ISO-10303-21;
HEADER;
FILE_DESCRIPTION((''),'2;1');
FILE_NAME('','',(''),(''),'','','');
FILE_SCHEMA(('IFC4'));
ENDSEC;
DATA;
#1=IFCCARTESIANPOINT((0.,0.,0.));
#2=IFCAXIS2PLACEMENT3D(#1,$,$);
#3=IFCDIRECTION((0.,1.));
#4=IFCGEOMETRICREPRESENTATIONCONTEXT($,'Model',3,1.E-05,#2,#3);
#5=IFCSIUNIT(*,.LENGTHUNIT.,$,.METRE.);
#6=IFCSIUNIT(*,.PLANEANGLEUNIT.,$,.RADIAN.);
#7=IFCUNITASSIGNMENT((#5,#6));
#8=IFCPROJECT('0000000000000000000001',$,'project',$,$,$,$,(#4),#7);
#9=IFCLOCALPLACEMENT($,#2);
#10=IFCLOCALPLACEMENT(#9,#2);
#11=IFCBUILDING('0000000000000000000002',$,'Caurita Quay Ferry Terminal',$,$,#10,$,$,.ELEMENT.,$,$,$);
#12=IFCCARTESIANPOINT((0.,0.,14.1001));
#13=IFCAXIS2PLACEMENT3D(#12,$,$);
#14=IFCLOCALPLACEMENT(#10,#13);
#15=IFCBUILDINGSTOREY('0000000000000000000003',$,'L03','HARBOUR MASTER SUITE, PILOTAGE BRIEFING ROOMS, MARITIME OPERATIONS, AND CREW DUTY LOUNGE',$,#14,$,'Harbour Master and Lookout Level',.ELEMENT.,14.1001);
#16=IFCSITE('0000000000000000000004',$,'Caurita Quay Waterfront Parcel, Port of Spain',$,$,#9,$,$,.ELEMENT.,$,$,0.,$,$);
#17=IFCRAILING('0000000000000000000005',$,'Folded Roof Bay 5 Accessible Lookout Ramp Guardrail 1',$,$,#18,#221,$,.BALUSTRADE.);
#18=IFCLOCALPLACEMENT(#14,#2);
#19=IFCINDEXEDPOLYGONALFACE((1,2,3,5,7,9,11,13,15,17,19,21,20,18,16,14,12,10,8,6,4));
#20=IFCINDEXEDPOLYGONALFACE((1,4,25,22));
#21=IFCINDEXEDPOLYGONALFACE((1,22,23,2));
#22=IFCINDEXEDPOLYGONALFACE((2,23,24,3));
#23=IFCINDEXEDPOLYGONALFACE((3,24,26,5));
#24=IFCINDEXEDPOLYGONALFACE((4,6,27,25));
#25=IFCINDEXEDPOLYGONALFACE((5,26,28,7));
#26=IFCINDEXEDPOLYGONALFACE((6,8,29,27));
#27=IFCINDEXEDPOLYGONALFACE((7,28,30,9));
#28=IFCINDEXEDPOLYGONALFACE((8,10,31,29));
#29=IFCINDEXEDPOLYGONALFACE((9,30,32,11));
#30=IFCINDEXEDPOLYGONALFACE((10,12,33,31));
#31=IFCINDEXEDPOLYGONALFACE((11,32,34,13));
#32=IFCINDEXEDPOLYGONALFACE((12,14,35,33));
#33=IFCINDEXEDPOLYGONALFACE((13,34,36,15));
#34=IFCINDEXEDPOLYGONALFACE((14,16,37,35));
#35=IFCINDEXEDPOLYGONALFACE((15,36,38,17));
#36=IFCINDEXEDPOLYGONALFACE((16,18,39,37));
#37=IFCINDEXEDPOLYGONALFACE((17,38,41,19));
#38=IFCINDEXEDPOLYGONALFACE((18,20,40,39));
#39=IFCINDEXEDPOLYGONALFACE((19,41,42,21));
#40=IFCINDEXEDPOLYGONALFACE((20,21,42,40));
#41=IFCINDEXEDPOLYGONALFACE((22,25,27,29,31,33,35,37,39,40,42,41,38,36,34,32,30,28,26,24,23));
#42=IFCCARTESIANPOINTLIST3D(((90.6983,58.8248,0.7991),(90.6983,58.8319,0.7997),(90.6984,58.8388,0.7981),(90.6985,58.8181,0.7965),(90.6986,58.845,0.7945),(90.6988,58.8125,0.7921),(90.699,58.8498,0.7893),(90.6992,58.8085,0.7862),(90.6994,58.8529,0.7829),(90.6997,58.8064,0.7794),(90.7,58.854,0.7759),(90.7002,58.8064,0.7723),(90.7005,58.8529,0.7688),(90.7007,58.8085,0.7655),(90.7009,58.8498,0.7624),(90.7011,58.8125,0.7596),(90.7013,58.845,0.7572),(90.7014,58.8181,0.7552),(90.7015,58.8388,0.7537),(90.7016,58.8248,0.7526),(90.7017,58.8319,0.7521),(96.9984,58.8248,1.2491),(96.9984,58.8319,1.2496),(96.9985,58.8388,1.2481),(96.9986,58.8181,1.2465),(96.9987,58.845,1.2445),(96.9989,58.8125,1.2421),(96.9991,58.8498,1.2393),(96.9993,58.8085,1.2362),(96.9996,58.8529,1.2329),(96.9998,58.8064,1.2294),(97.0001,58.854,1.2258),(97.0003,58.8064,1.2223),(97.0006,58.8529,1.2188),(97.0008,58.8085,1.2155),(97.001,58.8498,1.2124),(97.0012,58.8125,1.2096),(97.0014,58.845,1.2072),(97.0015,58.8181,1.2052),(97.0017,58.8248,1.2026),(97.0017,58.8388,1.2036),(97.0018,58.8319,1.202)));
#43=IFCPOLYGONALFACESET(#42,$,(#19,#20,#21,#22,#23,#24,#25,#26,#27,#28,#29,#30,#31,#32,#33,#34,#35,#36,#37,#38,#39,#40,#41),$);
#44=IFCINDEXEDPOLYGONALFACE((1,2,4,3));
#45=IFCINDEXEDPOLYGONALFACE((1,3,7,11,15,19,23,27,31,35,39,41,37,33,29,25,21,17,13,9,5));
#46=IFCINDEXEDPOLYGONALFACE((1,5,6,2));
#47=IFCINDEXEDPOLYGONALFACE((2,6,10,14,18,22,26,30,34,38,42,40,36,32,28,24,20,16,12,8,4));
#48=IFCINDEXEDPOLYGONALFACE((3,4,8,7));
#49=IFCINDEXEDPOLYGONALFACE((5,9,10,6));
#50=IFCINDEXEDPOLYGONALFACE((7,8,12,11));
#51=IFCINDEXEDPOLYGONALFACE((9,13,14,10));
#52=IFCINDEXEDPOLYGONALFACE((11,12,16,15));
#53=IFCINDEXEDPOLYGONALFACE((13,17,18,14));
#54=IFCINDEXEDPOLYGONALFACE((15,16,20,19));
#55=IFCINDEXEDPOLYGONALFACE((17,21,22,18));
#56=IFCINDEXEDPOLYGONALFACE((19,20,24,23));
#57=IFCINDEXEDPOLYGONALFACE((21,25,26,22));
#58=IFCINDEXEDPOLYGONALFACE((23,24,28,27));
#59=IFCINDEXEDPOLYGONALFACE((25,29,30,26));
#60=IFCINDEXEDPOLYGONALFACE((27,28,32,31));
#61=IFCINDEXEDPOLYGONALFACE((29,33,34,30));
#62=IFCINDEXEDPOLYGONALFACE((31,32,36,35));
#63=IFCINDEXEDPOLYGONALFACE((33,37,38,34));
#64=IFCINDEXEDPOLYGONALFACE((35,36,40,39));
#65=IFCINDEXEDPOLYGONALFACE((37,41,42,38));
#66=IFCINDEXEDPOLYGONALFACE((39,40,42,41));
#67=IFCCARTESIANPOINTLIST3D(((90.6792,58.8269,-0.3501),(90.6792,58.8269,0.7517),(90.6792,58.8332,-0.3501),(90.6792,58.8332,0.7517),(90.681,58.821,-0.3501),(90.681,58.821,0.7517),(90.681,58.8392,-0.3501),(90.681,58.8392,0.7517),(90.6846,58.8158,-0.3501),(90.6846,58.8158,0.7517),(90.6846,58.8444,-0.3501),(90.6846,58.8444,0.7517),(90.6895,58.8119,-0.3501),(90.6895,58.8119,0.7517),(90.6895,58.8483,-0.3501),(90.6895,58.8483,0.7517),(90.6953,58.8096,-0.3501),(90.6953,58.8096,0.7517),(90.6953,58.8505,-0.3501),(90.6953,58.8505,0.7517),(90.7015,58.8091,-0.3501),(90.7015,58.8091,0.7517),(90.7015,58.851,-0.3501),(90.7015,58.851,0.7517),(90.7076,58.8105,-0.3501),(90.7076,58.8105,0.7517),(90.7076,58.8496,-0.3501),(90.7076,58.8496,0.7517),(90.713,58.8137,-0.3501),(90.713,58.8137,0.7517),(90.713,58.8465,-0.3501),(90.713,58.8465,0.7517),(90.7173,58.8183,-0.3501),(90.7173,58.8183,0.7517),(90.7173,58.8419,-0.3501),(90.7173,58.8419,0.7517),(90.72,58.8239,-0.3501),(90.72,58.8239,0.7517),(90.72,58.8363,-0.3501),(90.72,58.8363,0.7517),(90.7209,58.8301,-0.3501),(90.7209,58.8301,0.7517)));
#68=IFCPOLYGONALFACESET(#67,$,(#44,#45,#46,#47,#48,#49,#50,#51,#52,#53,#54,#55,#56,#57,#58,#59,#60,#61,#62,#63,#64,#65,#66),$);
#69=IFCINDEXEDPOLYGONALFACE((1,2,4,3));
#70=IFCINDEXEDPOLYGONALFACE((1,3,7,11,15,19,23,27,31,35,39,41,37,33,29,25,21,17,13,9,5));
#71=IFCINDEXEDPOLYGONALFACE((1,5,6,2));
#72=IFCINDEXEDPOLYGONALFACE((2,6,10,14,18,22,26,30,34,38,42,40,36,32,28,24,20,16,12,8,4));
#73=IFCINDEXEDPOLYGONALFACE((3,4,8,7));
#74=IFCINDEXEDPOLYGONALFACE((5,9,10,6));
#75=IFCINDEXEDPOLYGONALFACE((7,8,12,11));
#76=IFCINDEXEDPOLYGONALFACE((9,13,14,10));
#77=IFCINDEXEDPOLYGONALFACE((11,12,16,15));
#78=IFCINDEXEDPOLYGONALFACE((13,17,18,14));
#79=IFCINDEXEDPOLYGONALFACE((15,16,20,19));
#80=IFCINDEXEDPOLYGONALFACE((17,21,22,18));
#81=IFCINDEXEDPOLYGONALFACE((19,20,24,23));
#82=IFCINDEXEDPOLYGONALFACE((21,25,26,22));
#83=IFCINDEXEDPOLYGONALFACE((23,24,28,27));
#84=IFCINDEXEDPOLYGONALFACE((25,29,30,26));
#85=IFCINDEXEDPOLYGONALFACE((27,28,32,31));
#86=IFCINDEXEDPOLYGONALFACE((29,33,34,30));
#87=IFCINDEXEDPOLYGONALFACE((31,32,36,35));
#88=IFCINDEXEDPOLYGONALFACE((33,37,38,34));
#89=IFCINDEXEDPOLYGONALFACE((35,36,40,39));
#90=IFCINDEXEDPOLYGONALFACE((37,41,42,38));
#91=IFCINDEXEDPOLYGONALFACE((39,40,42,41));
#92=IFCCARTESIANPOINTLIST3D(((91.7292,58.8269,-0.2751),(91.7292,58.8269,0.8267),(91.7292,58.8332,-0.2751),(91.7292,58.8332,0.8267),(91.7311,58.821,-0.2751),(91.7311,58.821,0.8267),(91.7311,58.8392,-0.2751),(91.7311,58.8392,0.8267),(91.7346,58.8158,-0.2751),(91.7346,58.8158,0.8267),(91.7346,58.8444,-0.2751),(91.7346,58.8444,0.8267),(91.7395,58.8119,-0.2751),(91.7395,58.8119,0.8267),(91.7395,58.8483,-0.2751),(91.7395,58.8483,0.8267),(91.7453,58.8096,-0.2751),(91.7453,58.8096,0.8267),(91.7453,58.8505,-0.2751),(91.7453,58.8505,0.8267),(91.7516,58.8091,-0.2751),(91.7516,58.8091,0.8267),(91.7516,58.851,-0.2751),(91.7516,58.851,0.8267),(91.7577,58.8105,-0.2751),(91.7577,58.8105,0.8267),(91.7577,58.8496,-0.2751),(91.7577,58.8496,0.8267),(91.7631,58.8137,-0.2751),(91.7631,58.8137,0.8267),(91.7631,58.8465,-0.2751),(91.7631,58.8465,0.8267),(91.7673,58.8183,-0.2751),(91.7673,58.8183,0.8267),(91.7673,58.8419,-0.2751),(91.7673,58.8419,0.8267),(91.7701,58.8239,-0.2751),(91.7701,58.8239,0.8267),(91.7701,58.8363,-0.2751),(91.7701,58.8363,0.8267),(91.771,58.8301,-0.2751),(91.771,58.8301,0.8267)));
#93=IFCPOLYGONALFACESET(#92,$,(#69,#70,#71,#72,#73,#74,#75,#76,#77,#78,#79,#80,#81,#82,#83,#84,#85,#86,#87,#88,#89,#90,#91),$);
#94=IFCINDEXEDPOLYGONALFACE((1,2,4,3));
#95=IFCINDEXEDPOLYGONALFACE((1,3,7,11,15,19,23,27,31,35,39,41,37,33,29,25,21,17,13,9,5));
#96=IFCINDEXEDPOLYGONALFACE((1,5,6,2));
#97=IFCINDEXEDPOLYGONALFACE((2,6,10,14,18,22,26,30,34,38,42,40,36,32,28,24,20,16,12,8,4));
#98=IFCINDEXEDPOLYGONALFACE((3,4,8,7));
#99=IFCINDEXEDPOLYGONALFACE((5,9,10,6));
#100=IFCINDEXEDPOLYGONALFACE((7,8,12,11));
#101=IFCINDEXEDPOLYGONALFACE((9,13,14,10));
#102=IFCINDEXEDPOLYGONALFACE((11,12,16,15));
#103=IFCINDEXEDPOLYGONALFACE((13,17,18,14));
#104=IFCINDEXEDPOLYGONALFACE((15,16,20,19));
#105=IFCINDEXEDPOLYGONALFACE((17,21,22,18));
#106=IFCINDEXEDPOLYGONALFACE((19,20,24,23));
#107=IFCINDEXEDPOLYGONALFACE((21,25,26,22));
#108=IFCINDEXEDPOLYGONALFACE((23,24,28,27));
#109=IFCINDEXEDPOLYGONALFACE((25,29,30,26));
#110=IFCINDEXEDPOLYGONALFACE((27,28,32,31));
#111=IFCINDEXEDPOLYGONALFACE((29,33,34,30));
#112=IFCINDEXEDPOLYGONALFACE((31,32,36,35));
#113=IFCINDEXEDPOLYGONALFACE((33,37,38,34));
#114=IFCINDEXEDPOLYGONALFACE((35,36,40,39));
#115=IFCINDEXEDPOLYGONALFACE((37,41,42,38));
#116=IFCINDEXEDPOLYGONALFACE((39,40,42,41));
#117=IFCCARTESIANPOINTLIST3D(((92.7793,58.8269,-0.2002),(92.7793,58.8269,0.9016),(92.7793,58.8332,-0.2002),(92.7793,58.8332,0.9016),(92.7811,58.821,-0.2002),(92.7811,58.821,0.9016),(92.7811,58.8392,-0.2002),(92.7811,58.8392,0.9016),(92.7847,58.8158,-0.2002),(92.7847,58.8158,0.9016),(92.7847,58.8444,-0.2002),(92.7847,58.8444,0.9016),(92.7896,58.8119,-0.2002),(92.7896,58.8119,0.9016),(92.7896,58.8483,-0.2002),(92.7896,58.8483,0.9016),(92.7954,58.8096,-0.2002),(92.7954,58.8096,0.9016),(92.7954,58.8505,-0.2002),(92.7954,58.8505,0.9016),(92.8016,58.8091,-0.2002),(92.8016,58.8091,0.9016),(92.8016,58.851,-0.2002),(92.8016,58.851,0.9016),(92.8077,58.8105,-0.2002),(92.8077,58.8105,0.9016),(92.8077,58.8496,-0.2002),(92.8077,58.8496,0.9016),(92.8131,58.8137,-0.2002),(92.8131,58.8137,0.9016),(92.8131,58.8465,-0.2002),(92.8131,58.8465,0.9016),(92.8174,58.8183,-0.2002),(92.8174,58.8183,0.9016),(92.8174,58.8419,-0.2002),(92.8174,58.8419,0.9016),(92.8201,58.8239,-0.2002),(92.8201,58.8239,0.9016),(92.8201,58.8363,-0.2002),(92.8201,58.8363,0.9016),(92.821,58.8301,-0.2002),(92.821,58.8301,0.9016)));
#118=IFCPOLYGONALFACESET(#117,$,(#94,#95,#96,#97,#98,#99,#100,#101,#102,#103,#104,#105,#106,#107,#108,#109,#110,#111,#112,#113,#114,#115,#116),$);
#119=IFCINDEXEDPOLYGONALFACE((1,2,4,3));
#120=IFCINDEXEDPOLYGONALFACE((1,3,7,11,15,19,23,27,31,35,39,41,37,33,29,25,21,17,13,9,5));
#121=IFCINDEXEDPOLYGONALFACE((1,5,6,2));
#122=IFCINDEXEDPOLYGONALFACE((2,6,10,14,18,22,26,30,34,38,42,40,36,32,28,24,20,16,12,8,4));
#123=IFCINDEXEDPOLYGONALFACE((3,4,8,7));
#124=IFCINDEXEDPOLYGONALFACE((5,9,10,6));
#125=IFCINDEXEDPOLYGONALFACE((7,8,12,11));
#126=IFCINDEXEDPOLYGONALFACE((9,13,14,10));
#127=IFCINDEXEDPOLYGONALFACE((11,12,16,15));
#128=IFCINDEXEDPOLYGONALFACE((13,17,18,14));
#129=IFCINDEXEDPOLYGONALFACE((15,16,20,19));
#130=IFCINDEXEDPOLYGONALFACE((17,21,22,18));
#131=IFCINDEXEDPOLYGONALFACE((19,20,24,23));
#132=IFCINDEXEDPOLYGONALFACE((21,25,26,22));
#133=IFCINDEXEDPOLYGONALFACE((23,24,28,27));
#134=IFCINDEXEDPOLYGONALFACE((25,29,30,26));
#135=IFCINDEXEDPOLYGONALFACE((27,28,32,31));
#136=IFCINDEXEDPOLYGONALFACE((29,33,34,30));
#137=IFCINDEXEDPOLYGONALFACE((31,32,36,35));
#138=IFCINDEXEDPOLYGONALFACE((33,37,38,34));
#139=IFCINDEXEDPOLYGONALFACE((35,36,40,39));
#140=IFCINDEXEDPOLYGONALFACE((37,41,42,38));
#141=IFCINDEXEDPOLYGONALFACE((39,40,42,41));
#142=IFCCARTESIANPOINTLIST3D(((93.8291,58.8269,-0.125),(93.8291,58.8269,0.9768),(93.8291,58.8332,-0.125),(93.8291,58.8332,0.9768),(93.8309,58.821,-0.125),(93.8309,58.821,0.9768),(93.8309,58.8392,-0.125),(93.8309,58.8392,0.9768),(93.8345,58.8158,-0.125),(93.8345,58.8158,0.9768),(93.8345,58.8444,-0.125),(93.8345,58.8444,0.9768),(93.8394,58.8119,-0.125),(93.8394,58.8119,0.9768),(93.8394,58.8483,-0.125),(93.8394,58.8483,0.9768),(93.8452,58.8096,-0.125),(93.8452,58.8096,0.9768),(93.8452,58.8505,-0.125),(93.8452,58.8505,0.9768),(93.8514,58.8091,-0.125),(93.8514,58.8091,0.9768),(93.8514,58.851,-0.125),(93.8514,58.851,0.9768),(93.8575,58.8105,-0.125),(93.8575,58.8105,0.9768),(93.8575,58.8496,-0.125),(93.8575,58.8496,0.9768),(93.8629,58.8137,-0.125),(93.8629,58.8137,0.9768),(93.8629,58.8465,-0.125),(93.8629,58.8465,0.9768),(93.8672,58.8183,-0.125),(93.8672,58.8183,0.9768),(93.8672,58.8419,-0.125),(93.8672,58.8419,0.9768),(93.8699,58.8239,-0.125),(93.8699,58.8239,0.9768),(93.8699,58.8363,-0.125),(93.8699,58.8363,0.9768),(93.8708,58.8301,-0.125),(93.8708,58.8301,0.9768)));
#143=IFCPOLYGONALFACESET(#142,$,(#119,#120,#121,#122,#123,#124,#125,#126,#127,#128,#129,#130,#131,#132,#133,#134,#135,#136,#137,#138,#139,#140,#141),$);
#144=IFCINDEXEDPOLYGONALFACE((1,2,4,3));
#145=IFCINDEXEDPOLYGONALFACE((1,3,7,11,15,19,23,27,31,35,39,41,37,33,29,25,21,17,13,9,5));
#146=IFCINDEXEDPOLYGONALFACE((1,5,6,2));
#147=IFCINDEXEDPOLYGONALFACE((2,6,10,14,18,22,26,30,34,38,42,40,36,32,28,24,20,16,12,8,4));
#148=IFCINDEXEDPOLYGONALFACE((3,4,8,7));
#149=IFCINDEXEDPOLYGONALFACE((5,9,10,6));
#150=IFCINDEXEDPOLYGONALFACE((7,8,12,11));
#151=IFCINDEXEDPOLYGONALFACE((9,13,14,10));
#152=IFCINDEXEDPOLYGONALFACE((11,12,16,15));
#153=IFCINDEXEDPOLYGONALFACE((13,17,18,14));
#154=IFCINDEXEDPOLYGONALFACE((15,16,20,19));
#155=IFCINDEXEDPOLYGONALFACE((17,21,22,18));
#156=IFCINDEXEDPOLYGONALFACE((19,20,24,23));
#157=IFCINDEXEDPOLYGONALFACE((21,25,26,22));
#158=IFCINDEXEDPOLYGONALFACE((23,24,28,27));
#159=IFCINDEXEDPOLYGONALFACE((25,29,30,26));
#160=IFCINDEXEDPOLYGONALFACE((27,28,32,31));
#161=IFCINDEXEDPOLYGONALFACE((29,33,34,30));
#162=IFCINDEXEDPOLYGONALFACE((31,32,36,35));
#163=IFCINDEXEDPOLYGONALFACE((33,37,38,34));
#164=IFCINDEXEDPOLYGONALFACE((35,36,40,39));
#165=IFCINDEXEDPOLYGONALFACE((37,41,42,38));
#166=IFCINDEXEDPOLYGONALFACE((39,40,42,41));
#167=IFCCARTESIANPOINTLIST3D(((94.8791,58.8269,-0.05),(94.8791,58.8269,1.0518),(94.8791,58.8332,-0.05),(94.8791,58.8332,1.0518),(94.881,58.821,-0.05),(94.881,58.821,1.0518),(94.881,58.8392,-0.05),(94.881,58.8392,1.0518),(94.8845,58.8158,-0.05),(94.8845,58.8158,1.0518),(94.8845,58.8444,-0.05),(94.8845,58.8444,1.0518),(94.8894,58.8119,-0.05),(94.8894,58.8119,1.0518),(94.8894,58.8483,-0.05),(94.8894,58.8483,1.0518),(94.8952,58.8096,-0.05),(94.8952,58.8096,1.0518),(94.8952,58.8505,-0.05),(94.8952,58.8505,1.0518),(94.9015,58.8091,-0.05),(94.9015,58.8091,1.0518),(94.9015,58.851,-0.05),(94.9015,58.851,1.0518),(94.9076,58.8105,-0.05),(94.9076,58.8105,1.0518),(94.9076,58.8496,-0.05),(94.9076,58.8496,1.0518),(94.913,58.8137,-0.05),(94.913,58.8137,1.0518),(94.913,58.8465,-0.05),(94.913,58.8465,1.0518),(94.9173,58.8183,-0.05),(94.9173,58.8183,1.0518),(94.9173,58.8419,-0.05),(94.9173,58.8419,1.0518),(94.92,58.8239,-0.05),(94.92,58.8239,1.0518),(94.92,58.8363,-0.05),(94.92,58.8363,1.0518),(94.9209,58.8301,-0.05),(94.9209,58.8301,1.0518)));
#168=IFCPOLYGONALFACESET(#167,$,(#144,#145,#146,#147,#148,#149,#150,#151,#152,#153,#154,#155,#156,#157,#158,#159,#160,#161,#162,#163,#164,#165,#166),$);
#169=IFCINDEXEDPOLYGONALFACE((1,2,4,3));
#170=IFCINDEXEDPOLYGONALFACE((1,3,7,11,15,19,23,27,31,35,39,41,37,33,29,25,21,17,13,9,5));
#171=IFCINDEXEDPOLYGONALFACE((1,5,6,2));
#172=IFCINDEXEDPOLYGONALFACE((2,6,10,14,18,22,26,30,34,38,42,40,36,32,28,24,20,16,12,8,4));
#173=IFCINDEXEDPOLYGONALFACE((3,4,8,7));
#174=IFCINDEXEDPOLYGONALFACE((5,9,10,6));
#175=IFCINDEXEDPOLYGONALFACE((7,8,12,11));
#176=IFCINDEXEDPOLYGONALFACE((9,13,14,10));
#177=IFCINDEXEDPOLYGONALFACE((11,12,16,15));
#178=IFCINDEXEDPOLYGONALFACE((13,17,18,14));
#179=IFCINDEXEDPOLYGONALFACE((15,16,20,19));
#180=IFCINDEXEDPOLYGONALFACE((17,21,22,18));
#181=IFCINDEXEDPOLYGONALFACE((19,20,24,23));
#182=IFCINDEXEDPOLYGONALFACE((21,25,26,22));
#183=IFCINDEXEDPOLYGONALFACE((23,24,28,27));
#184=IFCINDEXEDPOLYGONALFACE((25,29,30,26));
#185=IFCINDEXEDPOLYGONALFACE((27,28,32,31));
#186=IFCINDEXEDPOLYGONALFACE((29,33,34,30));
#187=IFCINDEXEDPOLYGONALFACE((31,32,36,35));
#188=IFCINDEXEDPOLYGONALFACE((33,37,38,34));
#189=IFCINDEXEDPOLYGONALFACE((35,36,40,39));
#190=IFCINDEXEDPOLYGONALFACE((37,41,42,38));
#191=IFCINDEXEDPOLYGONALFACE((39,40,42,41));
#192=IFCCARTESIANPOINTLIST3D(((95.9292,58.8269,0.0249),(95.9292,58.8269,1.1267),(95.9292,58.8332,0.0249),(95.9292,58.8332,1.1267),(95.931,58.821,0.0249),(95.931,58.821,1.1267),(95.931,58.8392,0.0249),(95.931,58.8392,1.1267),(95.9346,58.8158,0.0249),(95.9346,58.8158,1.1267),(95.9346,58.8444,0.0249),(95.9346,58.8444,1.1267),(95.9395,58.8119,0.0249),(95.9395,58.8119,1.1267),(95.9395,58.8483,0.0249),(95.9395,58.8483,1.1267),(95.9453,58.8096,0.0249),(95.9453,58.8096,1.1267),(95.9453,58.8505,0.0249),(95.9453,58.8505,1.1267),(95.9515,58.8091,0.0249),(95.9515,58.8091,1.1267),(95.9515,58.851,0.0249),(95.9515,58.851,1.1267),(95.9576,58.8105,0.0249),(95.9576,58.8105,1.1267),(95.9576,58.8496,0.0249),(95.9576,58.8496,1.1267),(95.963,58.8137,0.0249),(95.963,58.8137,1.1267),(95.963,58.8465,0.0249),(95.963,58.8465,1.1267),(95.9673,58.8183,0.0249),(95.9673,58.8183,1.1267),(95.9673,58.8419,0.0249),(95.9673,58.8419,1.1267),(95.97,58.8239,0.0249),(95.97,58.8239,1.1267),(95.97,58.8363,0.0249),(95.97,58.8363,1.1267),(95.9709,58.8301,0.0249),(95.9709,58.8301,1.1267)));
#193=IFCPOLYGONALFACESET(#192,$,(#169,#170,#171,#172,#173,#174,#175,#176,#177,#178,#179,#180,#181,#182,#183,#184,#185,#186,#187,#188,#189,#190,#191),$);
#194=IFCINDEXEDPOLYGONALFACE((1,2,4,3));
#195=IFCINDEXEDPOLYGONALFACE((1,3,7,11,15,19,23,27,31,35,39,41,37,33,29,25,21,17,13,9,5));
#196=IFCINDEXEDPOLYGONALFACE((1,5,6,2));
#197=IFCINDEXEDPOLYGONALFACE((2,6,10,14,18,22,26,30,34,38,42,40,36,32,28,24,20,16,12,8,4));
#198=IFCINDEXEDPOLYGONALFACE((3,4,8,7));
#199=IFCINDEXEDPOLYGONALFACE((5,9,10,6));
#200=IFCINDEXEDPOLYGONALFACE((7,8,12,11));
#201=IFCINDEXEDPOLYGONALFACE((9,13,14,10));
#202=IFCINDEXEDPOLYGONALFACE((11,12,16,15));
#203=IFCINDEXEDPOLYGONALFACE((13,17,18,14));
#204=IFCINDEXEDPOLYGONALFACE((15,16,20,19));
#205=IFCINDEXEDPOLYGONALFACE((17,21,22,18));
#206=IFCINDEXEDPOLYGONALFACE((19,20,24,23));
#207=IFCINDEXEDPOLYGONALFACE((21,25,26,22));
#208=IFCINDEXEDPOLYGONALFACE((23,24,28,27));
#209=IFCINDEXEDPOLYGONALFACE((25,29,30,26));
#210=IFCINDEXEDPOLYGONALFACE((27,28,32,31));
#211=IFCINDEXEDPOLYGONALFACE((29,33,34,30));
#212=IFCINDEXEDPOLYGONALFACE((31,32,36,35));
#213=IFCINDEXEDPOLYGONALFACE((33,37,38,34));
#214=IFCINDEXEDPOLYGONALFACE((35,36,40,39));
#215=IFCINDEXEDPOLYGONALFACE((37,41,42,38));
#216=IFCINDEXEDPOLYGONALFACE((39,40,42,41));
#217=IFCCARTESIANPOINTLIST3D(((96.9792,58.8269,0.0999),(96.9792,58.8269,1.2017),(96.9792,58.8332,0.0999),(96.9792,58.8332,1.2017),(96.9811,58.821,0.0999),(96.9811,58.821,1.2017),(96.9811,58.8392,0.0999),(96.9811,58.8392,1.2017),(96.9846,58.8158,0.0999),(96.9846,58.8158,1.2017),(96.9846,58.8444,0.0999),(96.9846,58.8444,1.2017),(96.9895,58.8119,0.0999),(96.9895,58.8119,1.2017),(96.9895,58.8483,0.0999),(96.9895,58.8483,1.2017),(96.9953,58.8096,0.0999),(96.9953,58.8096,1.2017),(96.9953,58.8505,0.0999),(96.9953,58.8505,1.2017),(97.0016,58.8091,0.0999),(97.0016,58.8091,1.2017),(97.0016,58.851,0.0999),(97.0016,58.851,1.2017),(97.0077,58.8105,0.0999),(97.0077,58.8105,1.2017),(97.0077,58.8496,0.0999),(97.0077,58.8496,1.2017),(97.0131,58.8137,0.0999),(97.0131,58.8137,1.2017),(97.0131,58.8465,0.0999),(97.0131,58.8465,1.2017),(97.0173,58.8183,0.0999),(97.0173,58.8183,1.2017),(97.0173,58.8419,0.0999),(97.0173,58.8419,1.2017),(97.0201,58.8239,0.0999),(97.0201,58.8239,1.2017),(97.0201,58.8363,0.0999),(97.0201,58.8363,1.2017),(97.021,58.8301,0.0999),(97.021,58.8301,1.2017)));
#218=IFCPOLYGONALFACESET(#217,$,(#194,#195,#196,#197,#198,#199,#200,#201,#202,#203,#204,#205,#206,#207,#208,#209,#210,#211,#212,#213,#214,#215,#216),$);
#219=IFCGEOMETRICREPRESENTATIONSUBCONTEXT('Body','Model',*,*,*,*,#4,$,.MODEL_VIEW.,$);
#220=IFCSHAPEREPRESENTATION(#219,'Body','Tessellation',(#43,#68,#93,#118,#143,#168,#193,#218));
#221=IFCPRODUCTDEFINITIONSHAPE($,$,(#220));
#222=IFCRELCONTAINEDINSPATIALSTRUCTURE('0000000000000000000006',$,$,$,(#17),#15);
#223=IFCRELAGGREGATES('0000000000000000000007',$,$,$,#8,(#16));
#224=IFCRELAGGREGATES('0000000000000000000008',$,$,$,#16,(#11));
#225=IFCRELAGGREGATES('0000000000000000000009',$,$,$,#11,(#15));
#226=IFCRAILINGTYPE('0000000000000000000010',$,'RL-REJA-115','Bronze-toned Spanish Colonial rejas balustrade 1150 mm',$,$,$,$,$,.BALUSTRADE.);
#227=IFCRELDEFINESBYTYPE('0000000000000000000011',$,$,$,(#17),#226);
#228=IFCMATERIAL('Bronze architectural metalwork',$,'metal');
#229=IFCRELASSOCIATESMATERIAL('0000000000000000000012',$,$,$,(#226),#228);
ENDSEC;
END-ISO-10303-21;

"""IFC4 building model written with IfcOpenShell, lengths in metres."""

from ifc_helpers import new_model, si_unit, direction, frame, origin, origin_2d, place, context, subcontext, project, spatial, circle, extrude, material, type_object, element, save


model = new_model("IFC4")

# Units and contexts
model_context = context("Model", 3, precision=1e-05, world=origin(), true_north=direction((0.0, 1.0)))
body_context = subcontext(model_context, "Body", "Model", "MODEL_VIEW")
ifc_project = project(units=[si_unit("LENGTHUNIT", "METRE"), si_unit("PLANEANGLEUNIT", "RADIAN")], contexts=[model_context])

# Site, building, storey
site_placement = place(None, origin())
site = spatial("IfcSite", under=ifc_project, at=site_placement, Name="Caurita Quay Waterfront Parcel, Port of Spain", CompositionType="ELEMENT", RefElevation=0.0)
building_placement = place(site_placement, origin())
building = spatial("IfcBuilding", under=site, at=building_placement, Name="Caurita Quay Ferry Terminal", CompositionType="ELEMENT")
storey_placement = place(building_placement, frame((0.0, 0.0, 14.1001)))
storey = spatial("IfcBuildingStorey", under=building, at=storey_placement, Name="L03", Description="HARBOUR MASTER SUITE, PILOTAGE BRIEFING ROOMS, MARITIME OPERATIONS, AND CREW DUTY LOUNGE", LongName="Harbour Master and Lookout Level", CompositionType="ELEMENT", Elevation=14.1001)

# Railing
ifc_material_1 = material(Name="Bronze architectural metalwork", Category="metal")
railing_type_1 = type_object("IfcRailingType", Name="RL-REJA-115", Description="Bronze-toned Spanish Colonial rejas balustrade 1150 mm", PredefinedType="BALUSTRADE", material=ifc_material_1)
railing_1_placement = place(storey_placement, frame((90.7, 58.8301, -0.3501)))
element("IfcRailing", 1, at=railing_1_placement, inside=storey, type_object=railing_type_1, Name="Folded Roof Bay 5 Accessible Lookout Ramp Guardrail 1", PredefinedType="BALUSTRADE", context=body_context, shape_type="SweptSolid", body=[
    extrude(circle(Radius=0.0239, at=origin_2d()), frame((0.0, 0.0, 1.126), z_axis=(0.997459, 0.0, 0.071239), x_axis=(0.0, 1.0, 0.0)), (0.0, 0.0, 1.0), 6.3162),
    extrude(circle(Radius=0.021, at=origin_2d()), origin(), (0.0, 0.0, 1.0), 1.1018),
    extrude(circle(Radius=0.021, at=origin_2d()), frame((1.05, 0.0, 0.075)), (0.0, 0.0, 1.0), 1.1018),
    extrude(circle(Radius=0.021, at=origin_2d()), frame((2.1001, 0.0, 0.1499)), (0.0, 0.0, 1.0), 1.1018),
    extrude(circle(Radius=0.021, at=origin_2d()), frame((3.1499, 0.0, 0.2251)), (0.0, 0.0, 1.0), 1.1018),
    extrude(circle(Radius=0.021, at=origin_2d()), frame((4.2, 0.0, 0.3)), (0.0, 0.0, 1.0), 1.1018),
    extrude(circle(Radius=0.021, at=origin_2d()), frame((5.25, 0.0, 0.375)), (0.0, 0.0, 1.0), 1.1018),
    extrude(circle(Radius=0.021, at=origin_2d()), frame((6.3, 0.0, 0.45)), (0.0, 0.0, 1.0), 1.1018),
])

save(model, "model.ifc")
